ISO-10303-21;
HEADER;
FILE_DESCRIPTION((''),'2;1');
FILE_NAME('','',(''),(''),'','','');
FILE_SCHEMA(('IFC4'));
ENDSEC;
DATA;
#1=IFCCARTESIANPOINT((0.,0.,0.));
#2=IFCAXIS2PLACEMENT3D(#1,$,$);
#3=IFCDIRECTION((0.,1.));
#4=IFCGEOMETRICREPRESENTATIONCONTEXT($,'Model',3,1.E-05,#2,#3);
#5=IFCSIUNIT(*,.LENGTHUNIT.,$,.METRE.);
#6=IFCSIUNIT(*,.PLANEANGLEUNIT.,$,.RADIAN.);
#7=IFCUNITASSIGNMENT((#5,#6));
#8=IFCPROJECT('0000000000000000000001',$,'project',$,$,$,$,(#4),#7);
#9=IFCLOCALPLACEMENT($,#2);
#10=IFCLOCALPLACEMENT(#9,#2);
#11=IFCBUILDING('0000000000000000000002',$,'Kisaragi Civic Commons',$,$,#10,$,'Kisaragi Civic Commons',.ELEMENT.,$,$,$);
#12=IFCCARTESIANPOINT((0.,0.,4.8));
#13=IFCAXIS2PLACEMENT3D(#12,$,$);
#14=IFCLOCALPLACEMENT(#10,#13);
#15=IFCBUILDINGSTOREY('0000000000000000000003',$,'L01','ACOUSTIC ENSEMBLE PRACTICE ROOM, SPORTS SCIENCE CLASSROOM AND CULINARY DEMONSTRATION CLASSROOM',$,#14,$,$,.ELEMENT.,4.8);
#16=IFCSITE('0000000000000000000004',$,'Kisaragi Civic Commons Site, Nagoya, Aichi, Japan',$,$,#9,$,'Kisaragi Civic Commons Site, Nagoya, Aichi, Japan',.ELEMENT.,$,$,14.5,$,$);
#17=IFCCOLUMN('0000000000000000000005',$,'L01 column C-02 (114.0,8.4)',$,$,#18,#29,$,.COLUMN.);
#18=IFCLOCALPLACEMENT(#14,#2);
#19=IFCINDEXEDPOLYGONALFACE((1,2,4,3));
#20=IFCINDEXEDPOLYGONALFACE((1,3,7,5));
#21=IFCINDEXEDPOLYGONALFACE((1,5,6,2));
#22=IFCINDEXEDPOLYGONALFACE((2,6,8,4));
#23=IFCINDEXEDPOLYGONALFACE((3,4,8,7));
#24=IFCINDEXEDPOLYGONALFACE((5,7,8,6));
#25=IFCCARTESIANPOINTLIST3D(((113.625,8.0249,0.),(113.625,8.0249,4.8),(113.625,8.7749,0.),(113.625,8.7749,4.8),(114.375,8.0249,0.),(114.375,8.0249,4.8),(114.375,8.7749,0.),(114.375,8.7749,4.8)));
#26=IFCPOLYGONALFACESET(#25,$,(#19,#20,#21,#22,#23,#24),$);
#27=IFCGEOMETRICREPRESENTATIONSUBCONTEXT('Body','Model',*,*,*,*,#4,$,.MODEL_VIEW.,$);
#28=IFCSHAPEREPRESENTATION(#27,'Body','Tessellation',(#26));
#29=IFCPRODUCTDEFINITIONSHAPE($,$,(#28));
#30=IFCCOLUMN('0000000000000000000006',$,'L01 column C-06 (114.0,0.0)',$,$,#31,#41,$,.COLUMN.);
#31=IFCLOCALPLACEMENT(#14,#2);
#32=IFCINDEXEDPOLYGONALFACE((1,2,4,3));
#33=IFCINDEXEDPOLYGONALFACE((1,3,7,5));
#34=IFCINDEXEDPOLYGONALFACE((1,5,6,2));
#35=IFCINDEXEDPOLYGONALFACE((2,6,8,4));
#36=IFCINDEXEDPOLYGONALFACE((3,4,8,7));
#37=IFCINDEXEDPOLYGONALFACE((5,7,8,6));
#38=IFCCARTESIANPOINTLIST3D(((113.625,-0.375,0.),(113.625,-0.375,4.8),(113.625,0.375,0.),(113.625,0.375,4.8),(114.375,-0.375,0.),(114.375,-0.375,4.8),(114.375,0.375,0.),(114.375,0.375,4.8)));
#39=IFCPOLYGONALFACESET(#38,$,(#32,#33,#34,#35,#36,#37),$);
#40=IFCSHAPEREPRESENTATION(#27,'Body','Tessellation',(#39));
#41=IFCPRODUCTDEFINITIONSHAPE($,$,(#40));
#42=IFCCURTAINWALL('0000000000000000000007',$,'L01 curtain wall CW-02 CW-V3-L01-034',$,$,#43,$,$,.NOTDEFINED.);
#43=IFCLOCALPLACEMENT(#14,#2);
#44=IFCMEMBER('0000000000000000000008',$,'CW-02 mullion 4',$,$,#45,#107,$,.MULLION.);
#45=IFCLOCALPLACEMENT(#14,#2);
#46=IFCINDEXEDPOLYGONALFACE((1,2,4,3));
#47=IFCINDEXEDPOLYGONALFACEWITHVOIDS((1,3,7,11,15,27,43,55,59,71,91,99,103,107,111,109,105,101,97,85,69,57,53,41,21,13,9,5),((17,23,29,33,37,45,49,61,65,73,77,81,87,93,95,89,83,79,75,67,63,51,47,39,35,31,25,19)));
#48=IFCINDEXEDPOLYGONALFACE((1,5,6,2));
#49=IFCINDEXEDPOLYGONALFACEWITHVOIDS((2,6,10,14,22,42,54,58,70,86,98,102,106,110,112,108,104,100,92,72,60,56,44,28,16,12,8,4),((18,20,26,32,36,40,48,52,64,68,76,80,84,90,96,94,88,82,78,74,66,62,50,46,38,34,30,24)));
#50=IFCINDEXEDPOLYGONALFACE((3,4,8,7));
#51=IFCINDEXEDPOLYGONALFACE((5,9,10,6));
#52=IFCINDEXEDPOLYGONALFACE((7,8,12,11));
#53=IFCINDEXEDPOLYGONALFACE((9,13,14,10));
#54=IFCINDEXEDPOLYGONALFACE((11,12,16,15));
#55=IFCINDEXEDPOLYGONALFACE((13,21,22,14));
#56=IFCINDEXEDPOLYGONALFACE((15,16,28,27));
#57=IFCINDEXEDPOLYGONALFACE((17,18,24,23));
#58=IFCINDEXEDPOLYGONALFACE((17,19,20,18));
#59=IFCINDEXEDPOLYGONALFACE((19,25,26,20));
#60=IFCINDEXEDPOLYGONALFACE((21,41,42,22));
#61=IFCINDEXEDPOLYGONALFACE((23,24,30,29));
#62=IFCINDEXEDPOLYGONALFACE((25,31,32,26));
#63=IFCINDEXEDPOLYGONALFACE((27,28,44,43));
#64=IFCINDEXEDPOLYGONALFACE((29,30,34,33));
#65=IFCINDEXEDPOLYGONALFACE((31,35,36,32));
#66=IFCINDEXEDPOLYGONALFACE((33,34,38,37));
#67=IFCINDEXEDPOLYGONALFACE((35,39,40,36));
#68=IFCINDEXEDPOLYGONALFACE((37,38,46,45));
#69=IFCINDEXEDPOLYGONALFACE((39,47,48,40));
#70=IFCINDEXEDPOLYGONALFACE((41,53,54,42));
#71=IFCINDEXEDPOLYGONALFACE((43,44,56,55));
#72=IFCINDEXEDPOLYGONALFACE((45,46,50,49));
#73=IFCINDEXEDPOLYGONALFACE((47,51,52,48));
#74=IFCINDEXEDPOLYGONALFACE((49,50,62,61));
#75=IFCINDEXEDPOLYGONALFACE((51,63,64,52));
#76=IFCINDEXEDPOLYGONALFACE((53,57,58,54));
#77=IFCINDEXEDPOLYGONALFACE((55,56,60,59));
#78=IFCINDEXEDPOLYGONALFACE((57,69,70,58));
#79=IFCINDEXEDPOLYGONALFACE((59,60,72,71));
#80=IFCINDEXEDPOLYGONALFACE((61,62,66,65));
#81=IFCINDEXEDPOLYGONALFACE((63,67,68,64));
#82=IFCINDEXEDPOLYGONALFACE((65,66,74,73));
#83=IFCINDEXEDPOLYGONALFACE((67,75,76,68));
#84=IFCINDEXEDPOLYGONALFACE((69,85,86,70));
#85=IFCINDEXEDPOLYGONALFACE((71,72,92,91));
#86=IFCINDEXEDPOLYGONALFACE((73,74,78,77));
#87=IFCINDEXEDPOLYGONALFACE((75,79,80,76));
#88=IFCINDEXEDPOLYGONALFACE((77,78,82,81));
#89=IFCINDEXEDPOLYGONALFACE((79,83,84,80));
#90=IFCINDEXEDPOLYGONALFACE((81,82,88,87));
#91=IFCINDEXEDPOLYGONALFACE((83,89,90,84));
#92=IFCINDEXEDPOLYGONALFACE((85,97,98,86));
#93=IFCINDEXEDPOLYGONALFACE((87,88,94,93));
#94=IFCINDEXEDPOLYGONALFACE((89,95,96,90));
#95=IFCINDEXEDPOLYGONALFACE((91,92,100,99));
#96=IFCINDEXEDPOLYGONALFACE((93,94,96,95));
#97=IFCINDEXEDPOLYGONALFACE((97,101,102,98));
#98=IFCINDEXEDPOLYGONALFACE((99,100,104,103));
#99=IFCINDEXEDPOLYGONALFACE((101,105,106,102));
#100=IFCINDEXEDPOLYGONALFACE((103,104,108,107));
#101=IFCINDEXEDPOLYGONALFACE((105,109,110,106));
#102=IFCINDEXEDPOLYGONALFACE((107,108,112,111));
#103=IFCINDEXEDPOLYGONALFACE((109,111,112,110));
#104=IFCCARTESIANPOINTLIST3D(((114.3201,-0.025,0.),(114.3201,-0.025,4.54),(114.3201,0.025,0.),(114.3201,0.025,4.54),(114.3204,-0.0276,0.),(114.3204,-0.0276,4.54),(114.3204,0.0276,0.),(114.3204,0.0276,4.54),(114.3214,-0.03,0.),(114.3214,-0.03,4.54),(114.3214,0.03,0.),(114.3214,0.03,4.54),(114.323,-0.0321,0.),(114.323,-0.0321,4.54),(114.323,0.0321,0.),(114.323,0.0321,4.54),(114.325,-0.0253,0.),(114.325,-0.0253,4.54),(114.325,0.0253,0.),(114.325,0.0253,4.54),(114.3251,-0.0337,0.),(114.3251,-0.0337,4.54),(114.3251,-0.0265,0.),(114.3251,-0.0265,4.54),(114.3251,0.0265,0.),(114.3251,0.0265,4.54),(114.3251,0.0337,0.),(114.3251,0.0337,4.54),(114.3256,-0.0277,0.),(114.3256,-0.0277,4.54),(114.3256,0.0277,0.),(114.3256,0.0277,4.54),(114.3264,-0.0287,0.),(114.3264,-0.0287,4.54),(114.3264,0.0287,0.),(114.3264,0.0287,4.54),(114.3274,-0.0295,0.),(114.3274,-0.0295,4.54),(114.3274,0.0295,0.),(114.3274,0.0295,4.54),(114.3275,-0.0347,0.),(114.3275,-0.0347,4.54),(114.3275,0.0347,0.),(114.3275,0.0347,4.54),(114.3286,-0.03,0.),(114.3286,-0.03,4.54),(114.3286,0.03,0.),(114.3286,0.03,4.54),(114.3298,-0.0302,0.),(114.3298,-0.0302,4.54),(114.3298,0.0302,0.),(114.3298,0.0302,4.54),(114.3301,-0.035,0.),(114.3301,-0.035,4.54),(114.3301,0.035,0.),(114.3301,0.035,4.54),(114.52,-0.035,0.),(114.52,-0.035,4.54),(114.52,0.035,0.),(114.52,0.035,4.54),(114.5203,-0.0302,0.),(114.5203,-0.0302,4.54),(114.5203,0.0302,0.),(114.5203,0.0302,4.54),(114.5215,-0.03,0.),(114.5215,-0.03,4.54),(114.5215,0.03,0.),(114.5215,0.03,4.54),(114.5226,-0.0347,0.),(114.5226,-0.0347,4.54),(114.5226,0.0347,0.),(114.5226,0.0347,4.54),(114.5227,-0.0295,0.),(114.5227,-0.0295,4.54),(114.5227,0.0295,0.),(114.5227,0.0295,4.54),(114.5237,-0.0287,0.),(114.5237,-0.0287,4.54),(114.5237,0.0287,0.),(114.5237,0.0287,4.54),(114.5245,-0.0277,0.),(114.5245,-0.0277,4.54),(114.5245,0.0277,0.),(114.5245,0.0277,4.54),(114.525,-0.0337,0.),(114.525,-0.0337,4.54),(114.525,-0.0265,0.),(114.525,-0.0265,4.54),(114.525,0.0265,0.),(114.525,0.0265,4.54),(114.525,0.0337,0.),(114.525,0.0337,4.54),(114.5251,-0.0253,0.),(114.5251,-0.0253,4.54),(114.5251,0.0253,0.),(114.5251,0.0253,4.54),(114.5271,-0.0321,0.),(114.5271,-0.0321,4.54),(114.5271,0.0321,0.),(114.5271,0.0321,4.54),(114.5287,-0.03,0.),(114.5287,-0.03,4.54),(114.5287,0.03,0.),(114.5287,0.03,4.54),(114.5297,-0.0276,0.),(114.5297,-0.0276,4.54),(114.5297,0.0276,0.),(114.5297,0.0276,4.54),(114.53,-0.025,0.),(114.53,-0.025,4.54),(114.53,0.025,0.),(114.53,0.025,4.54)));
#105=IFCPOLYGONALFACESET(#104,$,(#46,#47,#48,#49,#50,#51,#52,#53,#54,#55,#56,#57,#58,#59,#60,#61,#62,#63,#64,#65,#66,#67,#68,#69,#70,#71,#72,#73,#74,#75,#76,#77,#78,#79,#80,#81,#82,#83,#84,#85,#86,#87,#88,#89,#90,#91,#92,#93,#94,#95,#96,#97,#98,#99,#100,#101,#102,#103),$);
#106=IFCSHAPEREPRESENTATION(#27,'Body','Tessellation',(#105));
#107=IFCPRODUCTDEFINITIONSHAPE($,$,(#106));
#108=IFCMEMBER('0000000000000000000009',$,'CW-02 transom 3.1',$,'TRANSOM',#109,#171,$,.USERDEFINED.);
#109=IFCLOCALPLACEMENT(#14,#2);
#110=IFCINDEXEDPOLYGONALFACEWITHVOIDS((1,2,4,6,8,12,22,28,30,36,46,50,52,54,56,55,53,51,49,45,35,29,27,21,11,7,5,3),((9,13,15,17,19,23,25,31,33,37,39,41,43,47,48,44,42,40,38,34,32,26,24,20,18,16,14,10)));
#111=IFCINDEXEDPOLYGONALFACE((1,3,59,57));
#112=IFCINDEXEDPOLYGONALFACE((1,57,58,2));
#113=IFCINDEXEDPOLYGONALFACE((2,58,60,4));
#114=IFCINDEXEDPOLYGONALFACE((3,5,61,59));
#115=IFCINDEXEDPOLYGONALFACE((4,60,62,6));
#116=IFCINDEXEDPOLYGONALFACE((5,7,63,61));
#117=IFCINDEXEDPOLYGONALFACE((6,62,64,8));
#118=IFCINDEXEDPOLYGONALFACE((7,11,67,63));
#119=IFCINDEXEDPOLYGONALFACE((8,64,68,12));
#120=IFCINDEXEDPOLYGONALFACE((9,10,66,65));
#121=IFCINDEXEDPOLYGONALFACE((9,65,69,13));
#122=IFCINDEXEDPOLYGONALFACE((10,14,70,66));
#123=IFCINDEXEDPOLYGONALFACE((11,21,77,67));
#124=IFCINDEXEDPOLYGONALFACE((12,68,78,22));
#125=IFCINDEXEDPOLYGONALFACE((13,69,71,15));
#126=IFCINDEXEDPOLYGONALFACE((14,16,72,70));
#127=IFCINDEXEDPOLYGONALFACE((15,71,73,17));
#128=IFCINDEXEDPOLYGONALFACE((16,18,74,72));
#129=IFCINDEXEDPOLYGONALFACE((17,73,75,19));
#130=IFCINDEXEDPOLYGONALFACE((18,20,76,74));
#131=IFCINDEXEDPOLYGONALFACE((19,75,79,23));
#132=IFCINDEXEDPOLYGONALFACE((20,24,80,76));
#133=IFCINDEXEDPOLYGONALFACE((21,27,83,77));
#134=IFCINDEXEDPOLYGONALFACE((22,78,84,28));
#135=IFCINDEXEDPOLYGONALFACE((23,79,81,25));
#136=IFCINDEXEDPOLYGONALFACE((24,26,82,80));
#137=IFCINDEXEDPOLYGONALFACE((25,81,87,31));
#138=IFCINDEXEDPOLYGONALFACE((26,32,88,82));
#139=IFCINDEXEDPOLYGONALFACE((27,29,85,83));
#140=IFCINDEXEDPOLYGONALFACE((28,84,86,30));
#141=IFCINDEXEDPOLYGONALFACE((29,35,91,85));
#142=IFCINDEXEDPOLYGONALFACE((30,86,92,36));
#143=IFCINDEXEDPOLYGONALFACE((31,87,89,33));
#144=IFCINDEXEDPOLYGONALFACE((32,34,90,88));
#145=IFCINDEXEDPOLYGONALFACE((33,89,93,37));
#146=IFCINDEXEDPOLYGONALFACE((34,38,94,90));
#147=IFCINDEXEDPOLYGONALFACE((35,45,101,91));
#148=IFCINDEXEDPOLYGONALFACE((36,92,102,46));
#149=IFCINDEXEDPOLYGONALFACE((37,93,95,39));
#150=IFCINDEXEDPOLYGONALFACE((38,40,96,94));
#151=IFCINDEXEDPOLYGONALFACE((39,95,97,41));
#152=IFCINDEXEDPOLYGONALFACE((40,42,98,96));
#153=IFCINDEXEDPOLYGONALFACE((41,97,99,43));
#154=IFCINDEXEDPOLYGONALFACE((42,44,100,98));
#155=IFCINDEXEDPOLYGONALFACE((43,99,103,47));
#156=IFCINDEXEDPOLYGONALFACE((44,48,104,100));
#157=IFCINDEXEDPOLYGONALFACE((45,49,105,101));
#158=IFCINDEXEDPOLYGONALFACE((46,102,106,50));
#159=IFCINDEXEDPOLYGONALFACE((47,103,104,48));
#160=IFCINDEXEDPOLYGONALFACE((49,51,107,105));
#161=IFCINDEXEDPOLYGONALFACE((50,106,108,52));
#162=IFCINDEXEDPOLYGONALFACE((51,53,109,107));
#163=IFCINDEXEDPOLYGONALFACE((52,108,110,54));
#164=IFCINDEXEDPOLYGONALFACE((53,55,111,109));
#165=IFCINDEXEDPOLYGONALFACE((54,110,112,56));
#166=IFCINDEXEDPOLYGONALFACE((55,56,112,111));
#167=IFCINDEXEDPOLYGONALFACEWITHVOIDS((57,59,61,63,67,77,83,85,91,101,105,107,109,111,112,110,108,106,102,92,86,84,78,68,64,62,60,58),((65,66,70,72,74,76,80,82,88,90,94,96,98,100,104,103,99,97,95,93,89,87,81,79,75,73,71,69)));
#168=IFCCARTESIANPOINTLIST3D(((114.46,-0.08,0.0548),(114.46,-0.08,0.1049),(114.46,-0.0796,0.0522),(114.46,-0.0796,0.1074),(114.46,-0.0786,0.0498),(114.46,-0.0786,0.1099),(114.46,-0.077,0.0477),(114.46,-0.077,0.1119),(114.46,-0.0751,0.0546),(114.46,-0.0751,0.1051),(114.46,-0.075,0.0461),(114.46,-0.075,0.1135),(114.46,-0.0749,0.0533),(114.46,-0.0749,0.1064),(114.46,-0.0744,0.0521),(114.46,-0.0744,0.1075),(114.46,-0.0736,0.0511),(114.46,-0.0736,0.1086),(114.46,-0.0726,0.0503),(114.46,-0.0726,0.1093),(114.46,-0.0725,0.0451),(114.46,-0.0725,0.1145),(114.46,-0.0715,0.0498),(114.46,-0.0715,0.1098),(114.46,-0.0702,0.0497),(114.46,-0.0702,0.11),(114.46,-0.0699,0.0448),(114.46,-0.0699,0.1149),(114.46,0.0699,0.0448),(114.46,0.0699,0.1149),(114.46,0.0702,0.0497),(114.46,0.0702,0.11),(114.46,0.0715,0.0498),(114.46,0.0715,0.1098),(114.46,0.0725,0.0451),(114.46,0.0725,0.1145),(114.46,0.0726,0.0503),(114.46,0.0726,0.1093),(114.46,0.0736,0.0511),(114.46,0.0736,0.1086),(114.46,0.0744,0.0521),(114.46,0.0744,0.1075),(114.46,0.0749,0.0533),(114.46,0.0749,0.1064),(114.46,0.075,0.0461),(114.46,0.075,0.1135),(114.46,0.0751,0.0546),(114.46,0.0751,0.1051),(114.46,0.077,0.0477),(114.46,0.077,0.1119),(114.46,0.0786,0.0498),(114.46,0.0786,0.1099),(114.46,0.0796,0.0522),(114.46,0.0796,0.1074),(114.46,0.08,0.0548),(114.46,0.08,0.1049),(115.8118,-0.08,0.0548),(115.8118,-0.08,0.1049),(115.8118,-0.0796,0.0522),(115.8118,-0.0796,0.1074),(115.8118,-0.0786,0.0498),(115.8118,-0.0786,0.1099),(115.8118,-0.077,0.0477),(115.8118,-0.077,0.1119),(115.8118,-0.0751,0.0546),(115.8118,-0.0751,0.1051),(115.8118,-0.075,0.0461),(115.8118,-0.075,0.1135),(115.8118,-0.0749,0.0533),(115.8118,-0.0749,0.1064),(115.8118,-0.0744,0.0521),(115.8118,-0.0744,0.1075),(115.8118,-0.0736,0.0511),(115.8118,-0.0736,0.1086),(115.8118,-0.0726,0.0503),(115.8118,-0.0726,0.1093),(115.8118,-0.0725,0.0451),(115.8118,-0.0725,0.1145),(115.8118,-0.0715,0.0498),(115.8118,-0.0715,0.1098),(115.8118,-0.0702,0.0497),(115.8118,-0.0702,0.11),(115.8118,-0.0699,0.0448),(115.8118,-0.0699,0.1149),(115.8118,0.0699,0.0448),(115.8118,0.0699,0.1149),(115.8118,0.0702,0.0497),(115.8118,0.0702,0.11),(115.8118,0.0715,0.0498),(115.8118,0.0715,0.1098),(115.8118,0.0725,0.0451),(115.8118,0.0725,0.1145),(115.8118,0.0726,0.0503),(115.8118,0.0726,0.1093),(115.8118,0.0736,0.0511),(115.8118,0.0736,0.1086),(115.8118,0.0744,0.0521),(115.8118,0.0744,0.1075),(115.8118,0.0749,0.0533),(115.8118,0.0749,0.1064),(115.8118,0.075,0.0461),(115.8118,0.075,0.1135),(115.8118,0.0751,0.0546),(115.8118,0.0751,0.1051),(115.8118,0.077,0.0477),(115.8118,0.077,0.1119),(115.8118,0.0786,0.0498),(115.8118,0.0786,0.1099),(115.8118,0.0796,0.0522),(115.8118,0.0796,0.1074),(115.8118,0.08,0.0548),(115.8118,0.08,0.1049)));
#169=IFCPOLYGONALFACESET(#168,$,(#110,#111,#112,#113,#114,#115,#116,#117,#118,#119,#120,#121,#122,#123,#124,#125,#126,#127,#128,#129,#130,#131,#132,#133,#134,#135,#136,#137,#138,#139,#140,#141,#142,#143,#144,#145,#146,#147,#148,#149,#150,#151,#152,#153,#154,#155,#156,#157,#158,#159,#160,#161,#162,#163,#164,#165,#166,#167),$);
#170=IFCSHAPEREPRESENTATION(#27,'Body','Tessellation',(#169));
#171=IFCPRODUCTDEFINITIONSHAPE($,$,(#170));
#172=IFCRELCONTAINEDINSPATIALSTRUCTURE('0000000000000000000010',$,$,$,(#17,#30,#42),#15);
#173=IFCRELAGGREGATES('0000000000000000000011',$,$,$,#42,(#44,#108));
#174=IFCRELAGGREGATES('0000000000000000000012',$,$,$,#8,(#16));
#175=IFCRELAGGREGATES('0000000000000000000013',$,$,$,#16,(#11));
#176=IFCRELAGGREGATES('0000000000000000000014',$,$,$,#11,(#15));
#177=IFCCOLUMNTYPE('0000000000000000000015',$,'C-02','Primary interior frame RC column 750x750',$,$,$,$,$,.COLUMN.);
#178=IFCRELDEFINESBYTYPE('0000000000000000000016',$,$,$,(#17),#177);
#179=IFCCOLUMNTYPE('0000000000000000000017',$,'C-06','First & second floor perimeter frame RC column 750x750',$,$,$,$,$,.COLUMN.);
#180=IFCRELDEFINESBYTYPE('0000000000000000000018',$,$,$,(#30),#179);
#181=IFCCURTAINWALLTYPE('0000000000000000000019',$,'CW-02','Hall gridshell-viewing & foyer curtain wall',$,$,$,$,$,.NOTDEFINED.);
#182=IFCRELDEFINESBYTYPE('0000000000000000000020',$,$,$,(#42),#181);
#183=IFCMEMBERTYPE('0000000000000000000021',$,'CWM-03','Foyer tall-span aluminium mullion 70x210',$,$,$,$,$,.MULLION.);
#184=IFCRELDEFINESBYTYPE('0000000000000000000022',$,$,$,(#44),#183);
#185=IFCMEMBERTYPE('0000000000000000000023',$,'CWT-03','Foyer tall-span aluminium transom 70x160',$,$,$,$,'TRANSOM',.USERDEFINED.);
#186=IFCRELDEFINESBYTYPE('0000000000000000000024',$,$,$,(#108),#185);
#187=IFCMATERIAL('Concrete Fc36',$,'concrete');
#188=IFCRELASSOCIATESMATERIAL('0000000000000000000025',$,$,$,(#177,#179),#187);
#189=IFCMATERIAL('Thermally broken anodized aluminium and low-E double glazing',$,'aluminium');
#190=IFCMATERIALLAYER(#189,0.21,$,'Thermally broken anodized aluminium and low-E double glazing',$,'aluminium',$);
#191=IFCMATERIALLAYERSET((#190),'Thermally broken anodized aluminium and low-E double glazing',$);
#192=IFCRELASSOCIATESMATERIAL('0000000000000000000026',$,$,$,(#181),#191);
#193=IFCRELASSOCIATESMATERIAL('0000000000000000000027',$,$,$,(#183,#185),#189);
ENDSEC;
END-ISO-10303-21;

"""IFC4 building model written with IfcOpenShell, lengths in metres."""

from ifc_helpers import new_model, si_unit, direction, frame, origin, origin_2d, place, context, subcontext, project, spatial, rectangle, hollow_rectangle, extrude, material, layer, layer_set, material_profile, profile_set, type_object, element, aggregate, save


model = new_model("IFC4")

# Units and contexts
model_context = context("Model", 3, precision=1e-05, world=origin(), true_north=direction((0.0, 1.0)))
body_context = subcontext(model_context, "Body", "Model", "MODEL_VIEW")
ifc_project = project(units=[si_unit("LENGTHUNIT", "METRE"), si_unit("PLANEANGLEUNIT", "RADIAN")], contexts=[model_context])

# Site, building, storey
site_placement = place(None, origin())
site = spatial("IfcSite", under=ifc_project, at=site_placement, Name="Kisaragi Civic Commons Site, Nagoya, Aichi, Japan", LongName="Kisaragi Civic Commons Site, Nagoya, Aichi, Japan", CompositionType="ELEMENT", RefElevation=14.5)
building_placement = place(site_placement, origin())
building = spatial("IfcBuilding", under=site, at=building_placement, Name="Kisaragi Civic Commons", LongName="Kisaragi Civic Commons", CompositionType="ELEMENT")
storey_placement = place(building_placement, frame((0.0, 0.0, 4.8)))
storey = spatial("IfcBuildingStorey", under=building, at=storey_placement, Name="L01", Description="ACOUSTIC ENSEMBLE PRACTICE ROOM, SPORTS SCIENCE CLASSROOM AND CULINARY DEMONSTRATION CLASSROOM", CompositionType="ELEMENT", Elevation=4.8)

# Columns
ifc_material_1 = material(Name="Concrete Fc36", Category="concrete")
ifc_material_profile_1 = material_profile(ifc_material_1, rectangle(XDim=0.75, YDim=0.75, at=origin_2d()), Name="RC-750x750", Category="concrete")
ifc_profile_set_1 = profile_set([ifc_material_profile_1], Name="Concrete Fc36")
column_type_1 = type_object("IfcColumnType", Name="C-02", Description="Primary interior frame RC column 750x750", PredefinedType="COLUMN", material=ifc_profile_set_1)
column_1_placement = place(storey_placement, frame((114.0, 8.3999, 0.0), z_axis=(0.0, 0.0, 1.0), x_axis=(1.0, 0.0, 0.0)))
element("IfcColumn", 1, at=column_1_placement, inside=storey, type_object=column_type_1, Name="L01 column C-02 (114.0,8.4)", PredefinedType="COLUMN", context=body_context, shape_type="SweptSolid", body=[
    extrude(rectangle(XDim=0.75, YDim=0.75, at=origin_2d()), origin(), (0.0, 0.0, 1.0), 4.8),
])
ifc_material_profile_2 = material_profile(ifc_material_1, rectangle(XDim=0.75, YDim=0.75, at=origin_2d()), Name="RC-750x750", Category="concrete")
ifc_profile_set_2 = profile_set([ifc_material_profile_2], Name="Concrete Fc36")
column_type_2 = type_object("IfcColumnType", Name="C-06", Description="First & second floor perimeter frame RC column 750x750", PredefinedType="COLUMN", material=ifc_profile_set_2)
column_2_placement = place(storey_placement, frame((114.0, 0.0, 0.0), z_axis=(0.0, 0.0, 1.0), x_axis=(1.0, 0.0, 0.0)))
element("IfcColumn", 2, at=column_2_placement, inside=storey, type_object=column_type_2, Name="L01 column C-06 (114.0,0.0)", PredefinedType="COLUMN", context=body_context, shape_type="SweptSolid", body=[
    extrude(rectangle(XDim=0.75, YDim=0.75, at=origin_2d()), origin(), (0.0, 0.0, 1.0), 4.8),
])

# Curtain wall, members
ifc_material_2 = material(Name="Thermally broken anodized aluminium and low-E double glazing", Category="aluminium")
ifc_layer_1 = layer(ifc_material_2, 0.21, Name="Thermally broken anodized aluminium and low-E double glazing", Category="aluminium")
ifc_layer_set_1 = layer_set([ifc_layer_1], Name="Thermally broken anodized aluminium and low-E double glazing")
curtain_wall_type = type_object("IfcCurtainWallType", Name="CW-02", Description="Hall gridshell-viewing & foyer curtain wall", PredefinedType="NOTDEFINED", material=ifc_layer_set_1)
curtain_wall_1_placement = place(storey_placement, origin())
curtain_wall_1 = element("IfcCurtainWall", 3, at=curtain_wall_1_placement, inside=storey, type_object=curtain_wall_type, Name="L01 curtain wall CW-02 CW-V3-L01-034", PredefinedType="NOTDEFINED")
ifc_material_profile_3 = material_profile(ifc_material_2, hollow_rectangle(XDim=0.0701, YDim=0.21, WallThickness=0.0049, InnerFilletRadius=0.0049, OuterFilletRadius=0.01, at=origin_2d()), Name="CWM-70x210x5", Category="aluminium")
ifc_profile_set_3 = profile_set([ifc_material_profile_3], Name="Thermally broken anodized aluminium and low-E double glazing")
member_type_1 = type_object("IfcMemberType", Name="CWM-03", Description="Foyer tall-span aluminium mullion 70x210", PredefinedType="MULLION", material=ifc_profile_set_3)
member_1_placement = place(storey_placement, frame((114.425, 0.0, 0.0), z_axis=(0.0, 0.0, 1.0), x_axis=(0.0, -1.0, 0.0)))
member_1 = element("IfcMember", 4, at=member_1_placement, type_object=member_type_1, Name="CW-02 mullion 4", PredefinedType="MULLION", context=body_context, shape_type="SweptSolid", body=[
    extrude(hollow_rectangle(XDim=0.0701, YDim=0.21, WallThickness=0.0049, InnerFilletRadius=0.0049, OuterFilletRadius=0.01, at=origin_2d()), origin(), (0.0, 0.0, 1.0), 4.54),
])
ifc_material_profile_4 = material_profile(ifc_material_2, hollow_rectangle(XDim=0.1599, YDim=0.0701, WallThickness=0.0049, InnerFilletRadius=0.0049, OuterFilletRadius=0.01, at=origin_2d()), Name="CWT-70x160x5", Category="aluminium")
ifc_profile_set_4 = profile_set([ifc_material_profile_4], Name="Thermally broken anodized aluminium and low-E double glazing")
member_type_2 = type_object("IfcMemberType", Name="CWT-03", Description="Foyer tall-span aluminium transom 70x160", ElementType="TRANSOM", PredefinedType="USERDEFINED", material=ifc_profile_set_4)
member_2_placement = place(storey_placement, frame((115.8118, 0.0, 0.0798), z_axis=(-1.0, 0.0, 0.0), x_axis=(0.0, -1.0, 0.0)))
member_2 = element("IfcMember", 5, at=member_2_placement, type_object=member_type_2, Name="CW-02 transom 3.1", ObjectType="TRANSOM", PredefinedType="USERDEFINED", context=body_context, shape_type="SweptSolid", body=[
    extrude(hollow_rectangle(XDim=0.1599, YDim=0.0701, WallThickness=0.0049, InnerFilletRadius=0.0049, OuterFilletRadius=0.01, at=origin_2d()), origin(), (0.0, 0.0, 1.0), 1.3518),
])

aggregate(curtain_wall_1, [member_1, member_2])

save(model, "model.ifc")
